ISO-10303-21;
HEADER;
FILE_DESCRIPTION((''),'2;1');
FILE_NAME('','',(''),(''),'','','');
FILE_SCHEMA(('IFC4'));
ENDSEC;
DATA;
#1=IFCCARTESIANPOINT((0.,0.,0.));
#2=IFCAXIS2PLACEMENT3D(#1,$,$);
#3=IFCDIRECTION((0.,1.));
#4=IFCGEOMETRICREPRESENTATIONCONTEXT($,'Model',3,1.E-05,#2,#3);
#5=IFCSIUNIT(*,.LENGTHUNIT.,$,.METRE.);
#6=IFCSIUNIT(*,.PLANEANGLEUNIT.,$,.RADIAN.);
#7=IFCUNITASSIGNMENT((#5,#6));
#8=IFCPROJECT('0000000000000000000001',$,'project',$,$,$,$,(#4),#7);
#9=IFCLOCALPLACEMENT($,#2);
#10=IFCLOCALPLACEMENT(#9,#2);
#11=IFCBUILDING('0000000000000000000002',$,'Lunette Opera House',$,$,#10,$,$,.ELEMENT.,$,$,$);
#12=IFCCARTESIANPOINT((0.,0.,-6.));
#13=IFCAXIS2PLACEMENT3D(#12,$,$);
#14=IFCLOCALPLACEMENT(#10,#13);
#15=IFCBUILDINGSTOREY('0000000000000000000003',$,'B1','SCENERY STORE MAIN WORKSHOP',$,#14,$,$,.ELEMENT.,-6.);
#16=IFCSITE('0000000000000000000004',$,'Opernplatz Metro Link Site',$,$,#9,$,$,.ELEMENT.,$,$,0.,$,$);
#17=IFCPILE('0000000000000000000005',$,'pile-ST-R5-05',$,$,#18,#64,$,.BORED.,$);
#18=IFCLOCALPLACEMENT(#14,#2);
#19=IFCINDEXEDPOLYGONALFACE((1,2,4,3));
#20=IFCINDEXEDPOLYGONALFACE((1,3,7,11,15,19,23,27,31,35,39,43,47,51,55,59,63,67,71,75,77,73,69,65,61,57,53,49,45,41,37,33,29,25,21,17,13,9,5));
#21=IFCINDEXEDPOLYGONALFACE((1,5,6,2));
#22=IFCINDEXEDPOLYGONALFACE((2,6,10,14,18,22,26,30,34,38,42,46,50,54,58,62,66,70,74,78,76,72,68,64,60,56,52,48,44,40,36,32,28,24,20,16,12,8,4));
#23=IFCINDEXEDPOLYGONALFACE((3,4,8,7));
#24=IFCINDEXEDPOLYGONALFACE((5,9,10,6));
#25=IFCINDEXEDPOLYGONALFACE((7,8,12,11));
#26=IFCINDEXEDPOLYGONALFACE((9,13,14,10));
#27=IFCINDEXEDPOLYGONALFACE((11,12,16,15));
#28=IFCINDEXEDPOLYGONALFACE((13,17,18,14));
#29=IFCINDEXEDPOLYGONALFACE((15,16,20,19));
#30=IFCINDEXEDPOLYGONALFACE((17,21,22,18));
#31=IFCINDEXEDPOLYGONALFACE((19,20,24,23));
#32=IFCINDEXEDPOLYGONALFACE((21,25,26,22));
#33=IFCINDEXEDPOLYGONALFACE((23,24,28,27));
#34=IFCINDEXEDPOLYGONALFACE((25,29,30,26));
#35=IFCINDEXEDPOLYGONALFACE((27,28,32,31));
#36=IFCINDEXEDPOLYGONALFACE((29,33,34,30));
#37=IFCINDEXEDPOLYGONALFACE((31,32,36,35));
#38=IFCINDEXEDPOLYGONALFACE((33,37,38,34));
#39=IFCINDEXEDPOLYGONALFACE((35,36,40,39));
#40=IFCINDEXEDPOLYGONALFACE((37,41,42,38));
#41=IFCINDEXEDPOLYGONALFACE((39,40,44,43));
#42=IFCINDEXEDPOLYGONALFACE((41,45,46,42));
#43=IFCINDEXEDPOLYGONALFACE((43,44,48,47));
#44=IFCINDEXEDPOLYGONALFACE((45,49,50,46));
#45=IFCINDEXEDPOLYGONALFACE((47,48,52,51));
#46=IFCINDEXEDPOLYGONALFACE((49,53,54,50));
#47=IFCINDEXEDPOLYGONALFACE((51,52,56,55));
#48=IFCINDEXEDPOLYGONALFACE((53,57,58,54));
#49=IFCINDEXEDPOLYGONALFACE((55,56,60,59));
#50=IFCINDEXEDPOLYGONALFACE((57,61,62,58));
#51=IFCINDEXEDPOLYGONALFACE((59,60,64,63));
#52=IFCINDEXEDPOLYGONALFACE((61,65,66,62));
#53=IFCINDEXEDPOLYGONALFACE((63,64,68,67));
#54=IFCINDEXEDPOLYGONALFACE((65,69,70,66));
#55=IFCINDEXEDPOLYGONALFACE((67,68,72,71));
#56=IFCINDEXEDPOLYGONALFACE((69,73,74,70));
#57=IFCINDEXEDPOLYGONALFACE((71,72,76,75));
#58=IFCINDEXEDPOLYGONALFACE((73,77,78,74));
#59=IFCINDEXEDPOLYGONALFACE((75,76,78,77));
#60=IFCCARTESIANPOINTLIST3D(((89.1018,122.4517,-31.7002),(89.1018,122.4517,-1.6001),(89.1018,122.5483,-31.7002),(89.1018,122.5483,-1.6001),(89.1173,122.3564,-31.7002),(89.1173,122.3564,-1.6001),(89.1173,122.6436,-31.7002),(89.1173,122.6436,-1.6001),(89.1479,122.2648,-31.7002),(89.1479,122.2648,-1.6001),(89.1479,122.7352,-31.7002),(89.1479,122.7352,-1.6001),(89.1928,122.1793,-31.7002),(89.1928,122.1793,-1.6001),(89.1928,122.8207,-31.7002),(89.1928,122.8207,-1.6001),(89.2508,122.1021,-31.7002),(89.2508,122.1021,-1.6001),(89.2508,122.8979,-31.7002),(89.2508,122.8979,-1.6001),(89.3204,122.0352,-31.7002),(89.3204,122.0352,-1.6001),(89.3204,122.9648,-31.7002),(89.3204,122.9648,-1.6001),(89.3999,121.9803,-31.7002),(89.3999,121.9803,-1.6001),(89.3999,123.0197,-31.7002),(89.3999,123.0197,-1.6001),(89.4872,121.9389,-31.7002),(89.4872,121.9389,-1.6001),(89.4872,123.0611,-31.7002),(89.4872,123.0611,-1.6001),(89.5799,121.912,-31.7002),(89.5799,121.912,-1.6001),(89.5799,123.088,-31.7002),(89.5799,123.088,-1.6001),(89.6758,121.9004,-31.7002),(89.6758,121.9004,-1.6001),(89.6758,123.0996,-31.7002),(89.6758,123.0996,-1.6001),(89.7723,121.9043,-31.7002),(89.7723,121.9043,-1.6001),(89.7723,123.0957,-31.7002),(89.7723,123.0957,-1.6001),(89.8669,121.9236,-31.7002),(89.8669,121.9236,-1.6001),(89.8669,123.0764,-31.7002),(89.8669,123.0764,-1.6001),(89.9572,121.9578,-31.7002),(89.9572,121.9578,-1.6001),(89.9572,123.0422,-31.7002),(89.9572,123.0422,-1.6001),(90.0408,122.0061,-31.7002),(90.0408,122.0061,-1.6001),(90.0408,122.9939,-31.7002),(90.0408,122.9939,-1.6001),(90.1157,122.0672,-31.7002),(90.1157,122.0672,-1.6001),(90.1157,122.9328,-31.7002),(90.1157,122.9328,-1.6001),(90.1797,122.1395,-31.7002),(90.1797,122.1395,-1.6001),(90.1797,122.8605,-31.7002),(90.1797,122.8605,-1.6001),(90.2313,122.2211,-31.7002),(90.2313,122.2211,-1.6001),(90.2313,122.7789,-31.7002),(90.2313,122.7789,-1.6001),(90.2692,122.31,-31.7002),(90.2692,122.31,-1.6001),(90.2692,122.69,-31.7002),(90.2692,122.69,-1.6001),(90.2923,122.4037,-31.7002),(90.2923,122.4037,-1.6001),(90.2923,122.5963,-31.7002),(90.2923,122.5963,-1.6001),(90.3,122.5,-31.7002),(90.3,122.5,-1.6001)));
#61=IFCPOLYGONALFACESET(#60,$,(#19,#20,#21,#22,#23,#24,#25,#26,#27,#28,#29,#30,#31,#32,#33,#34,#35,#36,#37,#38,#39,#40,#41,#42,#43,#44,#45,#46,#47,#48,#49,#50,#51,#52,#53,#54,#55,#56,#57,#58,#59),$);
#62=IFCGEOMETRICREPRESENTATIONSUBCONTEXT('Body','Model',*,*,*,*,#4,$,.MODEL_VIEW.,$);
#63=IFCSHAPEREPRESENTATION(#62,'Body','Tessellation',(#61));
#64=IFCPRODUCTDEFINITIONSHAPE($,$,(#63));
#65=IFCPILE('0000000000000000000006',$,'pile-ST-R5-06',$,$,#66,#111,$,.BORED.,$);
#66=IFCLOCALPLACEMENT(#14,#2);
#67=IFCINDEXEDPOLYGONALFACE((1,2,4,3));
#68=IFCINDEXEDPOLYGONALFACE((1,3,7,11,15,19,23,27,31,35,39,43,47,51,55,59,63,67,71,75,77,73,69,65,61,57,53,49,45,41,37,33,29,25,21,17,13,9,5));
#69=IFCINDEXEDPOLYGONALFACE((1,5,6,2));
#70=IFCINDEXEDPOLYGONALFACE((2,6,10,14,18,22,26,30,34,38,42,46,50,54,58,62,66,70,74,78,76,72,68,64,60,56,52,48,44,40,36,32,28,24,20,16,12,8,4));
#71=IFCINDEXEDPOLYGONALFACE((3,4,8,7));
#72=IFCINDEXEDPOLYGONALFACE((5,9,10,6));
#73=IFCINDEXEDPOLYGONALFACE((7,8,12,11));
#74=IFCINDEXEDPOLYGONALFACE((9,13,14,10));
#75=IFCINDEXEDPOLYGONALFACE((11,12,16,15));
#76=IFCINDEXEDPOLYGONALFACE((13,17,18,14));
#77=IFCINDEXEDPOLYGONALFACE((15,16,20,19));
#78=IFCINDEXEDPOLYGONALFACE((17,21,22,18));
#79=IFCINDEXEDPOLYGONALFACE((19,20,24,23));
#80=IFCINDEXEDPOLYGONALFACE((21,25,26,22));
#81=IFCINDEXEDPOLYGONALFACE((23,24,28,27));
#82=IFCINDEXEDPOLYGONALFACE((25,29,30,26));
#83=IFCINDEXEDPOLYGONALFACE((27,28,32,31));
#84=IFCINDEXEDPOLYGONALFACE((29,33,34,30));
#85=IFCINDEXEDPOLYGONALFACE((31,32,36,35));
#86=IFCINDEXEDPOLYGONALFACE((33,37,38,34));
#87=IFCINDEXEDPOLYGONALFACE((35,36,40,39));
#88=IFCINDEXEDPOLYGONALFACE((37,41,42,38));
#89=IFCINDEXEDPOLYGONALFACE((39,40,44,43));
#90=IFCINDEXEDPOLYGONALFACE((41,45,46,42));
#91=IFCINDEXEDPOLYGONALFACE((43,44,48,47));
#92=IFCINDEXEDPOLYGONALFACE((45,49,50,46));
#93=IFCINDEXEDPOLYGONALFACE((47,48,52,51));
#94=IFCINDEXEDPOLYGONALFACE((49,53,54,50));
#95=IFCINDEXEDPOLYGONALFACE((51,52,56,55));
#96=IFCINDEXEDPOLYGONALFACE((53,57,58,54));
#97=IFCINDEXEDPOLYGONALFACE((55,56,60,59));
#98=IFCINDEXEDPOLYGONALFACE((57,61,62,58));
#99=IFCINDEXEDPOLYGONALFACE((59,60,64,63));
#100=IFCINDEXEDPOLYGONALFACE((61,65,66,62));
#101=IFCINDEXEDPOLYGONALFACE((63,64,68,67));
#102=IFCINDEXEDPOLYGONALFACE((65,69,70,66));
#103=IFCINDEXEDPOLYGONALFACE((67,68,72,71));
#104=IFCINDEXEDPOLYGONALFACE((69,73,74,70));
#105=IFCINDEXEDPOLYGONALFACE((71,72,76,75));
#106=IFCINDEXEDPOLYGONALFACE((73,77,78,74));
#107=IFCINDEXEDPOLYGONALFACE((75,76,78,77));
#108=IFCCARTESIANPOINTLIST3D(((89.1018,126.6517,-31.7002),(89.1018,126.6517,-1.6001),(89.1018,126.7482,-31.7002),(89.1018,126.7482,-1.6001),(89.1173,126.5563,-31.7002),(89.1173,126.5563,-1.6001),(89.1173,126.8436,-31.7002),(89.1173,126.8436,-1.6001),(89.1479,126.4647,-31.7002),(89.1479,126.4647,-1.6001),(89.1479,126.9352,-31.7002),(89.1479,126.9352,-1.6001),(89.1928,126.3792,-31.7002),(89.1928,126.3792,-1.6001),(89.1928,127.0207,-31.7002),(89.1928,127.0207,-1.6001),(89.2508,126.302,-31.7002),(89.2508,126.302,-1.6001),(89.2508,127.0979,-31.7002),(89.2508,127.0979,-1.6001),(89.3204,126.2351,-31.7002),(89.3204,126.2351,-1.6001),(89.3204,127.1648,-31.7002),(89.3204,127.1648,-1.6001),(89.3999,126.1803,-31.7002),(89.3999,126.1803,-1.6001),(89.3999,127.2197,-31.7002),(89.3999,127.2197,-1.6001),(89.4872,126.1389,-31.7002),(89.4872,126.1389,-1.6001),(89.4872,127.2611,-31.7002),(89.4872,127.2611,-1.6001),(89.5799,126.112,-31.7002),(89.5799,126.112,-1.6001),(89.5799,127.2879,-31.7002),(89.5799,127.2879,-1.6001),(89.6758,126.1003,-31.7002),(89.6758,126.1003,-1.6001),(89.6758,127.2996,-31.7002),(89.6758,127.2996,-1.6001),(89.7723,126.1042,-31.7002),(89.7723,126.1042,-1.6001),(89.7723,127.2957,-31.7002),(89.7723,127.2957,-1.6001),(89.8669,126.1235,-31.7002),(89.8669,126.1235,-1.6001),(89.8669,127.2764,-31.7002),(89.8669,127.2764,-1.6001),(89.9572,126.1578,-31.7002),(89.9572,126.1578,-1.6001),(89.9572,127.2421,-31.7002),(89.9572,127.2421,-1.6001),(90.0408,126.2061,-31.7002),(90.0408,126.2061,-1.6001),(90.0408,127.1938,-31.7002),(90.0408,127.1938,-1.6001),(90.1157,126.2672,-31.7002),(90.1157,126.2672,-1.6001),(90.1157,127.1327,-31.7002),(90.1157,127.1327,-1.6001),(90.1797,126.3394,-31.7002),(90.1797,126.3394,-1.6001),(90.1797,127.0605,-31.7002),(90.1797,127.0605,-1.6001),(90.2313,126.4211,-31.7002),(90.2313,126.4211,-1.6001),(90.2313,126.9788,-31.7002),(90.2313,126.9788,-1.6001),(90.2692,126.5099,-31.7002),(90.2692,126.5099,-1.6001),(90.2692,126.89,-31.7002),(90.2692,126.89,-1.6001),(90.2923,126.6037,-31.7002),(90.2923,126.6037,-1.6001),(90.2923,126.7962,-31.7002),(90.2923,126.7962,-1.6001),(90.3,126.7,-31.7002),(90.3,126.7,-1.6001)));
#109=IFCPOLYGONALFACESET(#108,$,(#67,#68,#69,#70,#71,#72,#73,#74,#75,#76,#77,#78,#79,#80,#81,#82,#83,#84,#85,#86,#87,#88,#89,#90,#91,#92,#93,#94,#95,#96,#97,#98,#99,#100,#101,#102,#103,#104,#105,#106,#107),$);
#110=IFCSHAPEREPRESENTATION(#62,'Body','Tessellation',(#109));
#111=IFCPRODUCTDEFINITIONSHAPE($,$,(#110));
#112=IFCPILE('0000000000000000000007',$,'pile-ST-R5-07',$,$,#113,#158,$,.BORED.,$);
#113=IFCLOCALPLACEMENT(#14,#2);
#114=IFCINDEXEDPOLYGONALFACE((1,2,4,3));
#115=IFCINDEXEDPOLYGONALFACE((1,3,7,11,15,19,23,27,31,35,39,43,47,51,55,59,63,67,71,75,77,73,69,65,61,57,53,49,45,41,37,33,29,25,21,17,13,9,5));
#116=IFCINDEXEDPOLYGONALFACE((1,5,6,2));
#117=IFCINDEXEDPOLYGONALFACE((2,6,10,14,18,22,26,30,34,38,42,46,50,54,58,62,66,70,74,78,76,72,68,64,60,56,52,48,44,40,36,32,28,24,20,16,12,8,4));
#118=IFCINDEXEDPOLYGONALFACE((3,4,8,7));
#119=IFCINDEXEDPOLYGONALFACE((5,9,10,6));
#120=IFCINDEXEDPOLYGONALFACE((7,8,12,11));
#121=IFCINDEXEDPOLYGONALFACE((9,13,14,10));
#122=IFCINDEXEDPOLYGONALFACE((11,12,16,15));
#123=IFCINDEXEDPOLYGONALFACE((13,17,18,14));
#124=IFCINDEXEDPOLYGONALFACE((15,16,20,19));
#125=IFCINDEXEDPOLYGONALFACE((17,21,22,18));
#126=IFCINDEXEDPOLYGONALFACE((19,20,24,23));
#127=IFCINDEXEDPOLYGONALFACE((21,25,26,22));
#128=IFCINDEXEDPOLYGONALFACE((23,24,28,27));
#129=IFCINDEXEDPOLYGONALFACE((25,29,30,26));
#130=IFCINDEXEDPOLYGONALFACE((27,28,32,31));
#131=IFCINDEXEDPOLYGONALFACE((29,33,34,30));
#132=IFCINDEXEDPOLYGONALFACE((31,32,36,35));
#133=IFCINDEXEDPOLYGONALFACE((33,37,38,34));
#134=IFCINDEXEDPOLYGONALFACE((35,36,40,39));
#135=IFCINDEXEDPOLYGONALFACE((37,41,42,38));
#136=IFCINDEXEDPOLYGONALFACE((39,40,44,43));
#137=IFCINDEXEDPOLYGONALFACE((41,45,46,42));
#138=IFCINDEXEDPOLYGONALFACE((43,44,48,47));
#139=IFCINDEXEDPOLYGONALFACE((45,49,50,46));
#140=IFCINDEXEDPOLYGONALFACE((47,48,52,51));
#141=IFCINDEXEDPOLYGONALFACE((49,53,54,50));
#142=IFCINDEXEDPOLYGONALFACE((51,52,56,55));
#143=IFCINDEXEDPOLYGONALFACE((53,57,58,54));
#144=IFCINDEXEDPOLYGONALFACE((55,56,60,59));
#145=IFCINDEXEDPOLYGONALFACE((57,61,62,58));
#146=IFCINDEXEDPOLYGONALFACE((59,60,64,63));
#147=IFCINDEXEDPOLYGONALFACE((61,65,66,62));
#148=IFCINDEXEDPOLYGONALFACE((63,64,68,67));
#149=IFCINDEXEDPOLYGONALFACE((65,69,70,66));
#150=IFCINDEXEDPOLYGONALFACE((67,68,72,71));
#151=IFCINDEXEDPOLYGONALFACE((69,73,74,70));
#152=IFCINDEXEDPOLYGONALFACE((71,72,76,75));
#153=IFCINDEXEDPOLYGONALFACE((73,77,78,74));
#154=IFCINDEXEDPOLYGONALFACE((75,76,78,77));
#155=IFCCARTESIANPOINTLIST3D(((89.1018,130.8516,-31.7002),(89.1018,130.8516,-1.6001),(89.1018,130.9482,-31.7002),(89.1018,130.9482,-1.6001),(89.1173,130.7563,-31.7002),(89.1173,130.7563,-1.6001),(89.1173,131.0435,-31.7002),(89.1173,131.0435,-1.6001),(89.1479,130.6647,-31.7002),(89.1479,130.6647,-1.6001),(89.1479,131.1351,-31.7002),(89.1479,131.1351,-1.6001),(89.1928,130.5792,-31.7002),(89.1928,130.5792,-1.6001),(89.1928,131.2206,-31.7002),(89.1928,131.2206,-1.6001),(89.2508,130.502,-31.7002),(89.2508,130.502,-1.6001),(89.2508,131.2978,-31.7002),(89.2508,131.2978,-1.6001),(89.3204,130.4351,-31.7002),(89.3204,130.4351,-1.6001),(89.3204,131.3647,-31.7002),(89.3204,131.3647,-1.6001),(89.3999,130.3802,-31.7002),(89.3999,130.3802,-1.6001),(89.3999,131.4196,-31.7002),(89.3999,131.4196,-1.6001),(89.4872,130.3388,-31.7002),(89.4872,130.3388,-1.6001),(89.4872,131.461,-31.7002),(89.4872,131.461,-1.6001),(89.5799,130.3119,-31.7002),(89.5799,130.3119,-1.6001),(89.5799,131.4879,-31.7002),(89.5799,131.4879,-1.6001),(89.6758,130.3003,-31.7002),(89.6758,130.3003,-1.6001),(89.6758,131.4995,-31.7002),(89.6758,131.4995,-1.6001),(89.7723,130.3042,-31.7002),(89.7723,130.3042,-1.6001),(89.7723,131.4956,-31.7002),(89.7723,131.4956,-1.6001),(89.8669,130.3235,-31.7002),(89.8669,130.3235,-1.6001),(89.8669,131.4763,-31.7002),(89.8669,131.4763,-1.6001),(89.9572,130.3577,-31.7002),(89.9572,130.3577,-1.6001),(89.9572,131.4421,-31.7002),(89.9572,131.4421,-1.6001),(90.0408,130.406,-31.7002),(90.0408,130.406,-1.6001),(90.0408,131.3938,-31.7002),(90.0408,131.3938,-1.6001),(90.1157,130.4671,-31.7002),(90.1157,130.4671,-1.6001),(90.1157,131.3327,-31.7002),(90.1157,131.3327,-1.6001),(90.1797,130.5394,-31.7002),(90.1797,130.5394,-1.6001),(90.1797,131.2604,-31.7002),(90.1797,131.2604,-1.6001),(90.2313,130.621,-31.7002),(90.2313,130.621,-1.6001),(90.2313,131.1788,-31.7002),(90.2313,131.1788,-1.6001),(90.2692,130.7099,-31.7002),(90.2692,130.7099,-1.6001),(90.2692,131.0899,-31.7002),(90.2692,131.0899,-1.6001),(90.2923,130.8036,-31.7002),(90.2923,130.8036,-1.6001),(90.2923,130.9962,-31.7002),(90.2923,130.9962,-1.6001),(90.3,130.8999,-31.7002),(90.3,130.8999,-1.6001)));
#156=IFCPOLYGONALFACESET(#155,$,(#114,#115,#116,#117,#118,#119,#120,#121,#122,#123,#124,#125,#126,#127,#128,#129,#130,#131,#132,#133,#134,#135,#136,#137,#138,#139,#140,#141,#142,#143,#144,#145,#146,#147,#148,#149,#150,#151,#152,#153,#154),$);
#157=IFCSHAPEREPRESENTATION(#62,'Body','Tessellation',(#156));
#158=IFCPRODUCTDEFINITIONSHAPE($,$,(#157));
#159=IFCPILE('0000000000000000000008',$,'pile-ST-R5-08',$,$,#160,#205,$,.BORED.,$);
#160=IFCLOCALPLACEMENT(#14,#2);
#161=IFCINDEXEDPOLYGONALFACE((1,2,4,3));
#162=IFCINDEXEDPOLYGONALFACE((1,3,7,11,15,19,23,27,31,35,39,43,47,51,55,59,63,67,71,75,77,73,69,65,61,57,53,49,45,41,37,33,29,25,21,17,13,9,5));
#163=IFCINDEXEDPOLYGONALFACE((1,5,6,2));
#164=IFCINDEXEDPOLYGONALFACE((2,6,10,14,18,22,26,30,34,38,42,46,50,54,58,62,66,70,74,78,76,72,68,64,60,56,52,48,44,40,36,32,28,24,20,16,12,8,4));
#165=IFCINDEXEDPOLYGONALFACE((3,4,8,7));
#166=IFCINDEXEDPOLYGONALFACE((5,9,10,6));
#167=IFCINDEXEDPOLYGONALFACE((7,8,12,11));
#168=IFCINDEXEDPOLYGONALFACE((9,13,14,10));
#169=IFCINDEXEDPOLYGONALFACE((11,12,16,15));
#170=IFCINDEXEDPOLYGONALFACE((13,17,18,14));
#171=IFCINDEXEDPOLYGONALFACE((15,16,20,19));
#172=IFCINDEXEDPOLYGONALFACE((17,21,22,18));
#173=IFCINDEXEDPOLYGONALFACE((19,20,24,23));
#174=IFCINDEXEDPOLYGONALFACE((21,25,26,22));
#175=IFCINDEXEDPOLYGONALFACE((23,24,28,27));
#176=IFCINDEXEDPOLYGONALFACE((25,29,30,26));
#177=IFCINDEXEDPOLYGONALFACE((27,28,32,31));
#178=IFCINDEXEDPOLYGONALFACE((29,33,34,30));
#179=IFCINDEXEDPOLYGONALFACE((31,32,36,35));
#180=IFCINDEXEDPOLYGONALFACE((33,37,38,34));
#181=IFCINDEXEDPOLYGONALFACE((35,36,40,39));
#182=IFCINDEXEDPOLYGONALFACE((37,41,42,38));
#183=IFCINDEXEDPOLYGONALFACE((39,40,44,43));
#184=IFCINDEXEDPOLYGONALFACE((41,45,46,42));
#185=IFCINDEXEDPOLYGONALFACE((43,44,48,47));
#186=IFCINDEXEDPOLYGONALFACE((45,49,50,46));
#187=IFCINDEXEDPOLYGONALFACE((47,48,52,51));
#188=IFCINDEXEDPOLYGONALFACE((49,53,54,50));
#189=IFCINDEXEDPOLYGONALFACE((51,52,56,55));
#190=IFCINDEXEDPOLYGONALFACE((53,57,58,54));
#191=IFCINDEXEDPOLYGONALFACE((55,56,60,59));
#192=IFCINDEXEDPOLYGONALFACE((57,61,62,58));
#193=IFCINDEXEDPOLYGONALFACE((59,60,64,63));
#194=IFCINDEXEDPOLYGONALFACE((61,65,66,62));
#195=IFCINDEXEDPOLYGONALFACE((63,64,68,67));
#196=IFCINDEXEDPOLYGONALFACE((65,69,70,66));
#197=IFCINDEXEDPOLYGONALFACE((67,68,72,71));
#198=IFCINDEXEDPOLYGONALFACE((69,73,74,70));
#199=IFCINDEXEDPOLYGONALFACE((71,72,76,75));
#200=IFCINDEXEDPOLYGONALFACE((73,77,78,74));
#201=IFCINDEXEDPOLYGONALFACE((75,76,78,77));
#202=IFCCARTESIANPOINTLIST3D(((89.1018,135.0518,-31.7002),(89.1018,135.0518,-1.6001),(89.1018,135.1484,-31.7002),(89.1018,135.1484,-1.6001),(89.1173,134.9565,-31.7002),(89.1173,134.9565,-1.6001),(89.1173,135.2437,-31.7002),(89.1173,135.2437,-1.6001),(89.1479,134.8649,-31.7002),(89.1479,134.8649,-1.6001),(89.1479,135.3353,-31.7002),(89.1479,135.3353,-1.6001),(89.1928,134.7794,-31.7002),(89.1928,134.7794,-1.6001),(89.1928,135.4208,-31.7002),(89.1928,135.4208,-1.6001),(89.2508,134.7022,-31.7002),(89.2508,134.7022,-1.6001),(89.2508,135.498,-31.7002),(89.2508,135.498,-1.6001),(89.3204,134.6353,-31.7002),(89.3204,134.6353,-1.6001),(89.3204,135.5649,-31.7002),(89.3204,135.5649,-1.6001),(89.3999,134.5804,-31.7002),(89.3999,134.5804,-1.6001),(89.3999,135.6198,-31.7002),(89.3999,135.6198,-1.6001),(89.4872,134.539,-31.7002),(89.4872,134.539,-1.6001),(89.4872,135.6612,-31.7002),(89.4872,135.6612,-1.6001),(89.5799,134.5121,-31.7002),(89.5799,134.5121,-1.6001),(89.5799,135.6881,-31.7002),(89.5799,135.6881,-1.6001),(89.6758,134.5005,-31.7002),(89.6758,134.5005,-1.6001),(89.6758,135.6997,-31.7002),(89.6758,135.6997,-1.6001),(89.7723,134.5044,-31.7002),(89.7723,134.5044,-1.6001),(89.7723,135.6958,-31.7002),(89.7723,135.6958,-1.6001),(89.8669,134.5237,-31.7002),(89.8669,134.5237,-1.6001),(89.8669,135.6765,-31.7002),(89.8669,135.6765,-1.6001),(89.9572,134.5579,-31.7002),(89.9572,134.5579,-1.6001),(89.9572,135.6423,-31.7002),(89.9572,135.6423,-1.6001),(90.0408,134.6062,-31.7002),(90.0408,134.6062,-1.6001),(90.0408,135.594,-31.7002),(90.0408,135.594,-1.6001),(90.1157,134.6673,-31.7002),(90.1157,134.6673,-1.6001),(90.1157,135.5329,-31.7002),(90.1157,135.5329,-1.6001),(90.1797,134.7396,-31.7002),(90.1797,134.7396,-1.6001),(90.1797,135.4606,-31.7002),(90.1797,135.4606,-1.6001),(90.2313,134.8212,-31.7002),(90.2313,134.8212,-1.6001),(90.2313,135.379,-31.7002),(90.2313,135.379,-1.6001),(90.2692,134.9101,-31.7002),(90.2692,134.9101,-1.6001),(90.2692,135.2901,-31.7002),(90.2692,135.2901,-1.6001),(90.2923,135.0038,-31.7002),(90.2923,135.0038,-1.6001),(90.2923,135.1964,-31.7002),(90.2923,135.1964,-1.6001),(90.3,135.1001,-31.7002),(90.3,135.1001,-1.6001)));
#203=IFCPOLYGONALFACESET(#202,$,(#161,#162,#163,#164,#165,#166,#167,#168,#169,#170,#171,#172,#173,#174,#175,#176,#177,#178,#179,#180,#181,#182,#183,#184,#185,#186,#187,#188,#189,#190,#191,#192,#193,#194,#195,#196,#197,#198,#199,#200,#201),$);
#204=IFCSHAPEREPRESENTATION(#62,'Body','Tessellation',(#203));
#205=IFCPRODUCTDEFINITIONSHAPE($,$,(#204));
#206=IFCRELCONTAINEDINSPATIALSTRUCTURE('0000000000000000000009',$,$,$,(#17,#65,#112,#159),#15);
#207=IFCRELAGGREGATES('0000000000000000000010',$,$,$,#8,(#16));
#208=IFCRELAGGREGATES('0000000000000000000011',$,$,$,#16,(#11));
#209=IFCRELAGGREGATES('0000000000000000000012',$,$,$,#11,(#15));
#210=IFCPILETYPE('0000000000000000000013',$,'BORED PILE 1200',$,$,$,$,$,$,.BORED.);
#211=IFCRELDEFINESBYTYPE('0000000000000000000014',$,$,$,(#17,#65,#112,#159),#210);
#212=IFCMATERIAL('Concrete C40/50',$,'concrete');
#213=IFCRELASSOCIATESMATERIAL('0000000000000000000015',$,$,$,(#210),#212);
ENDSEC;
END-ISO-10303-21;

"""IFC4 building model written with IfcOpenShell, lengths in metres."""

from ifc_helpers import new_model, si_unit, direction, frame, origin, origin_2d, place, context, subcontext, project, spatial, circle, extrude, material, material_profile, profile_set, type_object, element, save


model = new_model("IFC4")

# Units and contexts
model_context = context("Model", 3, precision=1e-05, world=origin(), true_north=direction((0.0, 1.0)))
body_context = subcontext(model_context, "Body", "Model", "MODEL_VIEW")
ifc_project = project(units=[si_unit("LENGTHUNIT", "METRE"), si_unit("PLANEANGLEUNIT", "RADIAN")], contexts=[model_context])

# Site, building, storey
site_placement = place(None, origin())
site = spatial("IfcSite", under=ifc_project, at=site_placement, Name="Opernplatz Metro Link Site", CompositionType="ELEMENT", RefElevation=0.0)
building_placement = place(site_placement, origin())
building = spatial("IfcBuilding", under=site, at=building_placement, Name="Lunette Opera House", CompositionType="ELEMENT")
storey_placement = place(building_placement, frame((0.0, 0.0, -6.0)))
storey = spatial("IfcBuildingStorey", under=building, at=storey_placement, Name="B1", Description="SCENERY STORE MAIN WORKSHOP", CompositionType="ELEMENT", Elevation=-6.0)

# Piles
ifc_material_1 = material(Name="Concrete C40/50", Category="concrete")
ifc_material_profile_1 = material_profile(ifc_material_1, circle(Radius=0.6001, at=origin_2d()), Name="BORED PILE 1200")
ifc_profile_set_1 = profile_set([ifc_material_profile_1], Name="Concrete C40/50")
pile_type = type_object("IfcPileType", Name="BORED PILE 1200", PredefinedType="BORED", material=ifc_profile_set_1)
for number, where, z_axis, x_axis, name in (
    (1, (89.7, 122.5, -1.6001), (0.0, 0.0, -1.0), (1.0, 0.0, 0.0), "pile-ST-R5-05"),
    (2, (89.7, 126.7, -1.6001), (0.0, 0.0, -1.0), (1.0, 0.0, 0.0), "pile-ST-R5-06"),
    (3, (89.7, 130.8999, -1.6001), (0.0, 0.0, -1.0), (1.0, 0.0, 0.0), "pile-ST-R5-07"),
    (4, (89.7, 135.1001, -1.6001), (0.0, 0.0, -1.0), (1.0, 0.0, 0.0), "pile-ST-R5-08"),
):
    element("IfcPile", number, at=place(storey_placement, frame(where, z_axis=z_axis, x_axis=x_axis)), inside=storey, type_object=pile_type, Name=name, PredefinedType="BORED", context=body_context, shape_type="SweptSolid", body=[
        extrude(circle(Radius=0.6001, at=origin_2d()), origin(), (0.0, 0.0, 1.0), 30.1001),
    ])

save(model, "model.ifc")
